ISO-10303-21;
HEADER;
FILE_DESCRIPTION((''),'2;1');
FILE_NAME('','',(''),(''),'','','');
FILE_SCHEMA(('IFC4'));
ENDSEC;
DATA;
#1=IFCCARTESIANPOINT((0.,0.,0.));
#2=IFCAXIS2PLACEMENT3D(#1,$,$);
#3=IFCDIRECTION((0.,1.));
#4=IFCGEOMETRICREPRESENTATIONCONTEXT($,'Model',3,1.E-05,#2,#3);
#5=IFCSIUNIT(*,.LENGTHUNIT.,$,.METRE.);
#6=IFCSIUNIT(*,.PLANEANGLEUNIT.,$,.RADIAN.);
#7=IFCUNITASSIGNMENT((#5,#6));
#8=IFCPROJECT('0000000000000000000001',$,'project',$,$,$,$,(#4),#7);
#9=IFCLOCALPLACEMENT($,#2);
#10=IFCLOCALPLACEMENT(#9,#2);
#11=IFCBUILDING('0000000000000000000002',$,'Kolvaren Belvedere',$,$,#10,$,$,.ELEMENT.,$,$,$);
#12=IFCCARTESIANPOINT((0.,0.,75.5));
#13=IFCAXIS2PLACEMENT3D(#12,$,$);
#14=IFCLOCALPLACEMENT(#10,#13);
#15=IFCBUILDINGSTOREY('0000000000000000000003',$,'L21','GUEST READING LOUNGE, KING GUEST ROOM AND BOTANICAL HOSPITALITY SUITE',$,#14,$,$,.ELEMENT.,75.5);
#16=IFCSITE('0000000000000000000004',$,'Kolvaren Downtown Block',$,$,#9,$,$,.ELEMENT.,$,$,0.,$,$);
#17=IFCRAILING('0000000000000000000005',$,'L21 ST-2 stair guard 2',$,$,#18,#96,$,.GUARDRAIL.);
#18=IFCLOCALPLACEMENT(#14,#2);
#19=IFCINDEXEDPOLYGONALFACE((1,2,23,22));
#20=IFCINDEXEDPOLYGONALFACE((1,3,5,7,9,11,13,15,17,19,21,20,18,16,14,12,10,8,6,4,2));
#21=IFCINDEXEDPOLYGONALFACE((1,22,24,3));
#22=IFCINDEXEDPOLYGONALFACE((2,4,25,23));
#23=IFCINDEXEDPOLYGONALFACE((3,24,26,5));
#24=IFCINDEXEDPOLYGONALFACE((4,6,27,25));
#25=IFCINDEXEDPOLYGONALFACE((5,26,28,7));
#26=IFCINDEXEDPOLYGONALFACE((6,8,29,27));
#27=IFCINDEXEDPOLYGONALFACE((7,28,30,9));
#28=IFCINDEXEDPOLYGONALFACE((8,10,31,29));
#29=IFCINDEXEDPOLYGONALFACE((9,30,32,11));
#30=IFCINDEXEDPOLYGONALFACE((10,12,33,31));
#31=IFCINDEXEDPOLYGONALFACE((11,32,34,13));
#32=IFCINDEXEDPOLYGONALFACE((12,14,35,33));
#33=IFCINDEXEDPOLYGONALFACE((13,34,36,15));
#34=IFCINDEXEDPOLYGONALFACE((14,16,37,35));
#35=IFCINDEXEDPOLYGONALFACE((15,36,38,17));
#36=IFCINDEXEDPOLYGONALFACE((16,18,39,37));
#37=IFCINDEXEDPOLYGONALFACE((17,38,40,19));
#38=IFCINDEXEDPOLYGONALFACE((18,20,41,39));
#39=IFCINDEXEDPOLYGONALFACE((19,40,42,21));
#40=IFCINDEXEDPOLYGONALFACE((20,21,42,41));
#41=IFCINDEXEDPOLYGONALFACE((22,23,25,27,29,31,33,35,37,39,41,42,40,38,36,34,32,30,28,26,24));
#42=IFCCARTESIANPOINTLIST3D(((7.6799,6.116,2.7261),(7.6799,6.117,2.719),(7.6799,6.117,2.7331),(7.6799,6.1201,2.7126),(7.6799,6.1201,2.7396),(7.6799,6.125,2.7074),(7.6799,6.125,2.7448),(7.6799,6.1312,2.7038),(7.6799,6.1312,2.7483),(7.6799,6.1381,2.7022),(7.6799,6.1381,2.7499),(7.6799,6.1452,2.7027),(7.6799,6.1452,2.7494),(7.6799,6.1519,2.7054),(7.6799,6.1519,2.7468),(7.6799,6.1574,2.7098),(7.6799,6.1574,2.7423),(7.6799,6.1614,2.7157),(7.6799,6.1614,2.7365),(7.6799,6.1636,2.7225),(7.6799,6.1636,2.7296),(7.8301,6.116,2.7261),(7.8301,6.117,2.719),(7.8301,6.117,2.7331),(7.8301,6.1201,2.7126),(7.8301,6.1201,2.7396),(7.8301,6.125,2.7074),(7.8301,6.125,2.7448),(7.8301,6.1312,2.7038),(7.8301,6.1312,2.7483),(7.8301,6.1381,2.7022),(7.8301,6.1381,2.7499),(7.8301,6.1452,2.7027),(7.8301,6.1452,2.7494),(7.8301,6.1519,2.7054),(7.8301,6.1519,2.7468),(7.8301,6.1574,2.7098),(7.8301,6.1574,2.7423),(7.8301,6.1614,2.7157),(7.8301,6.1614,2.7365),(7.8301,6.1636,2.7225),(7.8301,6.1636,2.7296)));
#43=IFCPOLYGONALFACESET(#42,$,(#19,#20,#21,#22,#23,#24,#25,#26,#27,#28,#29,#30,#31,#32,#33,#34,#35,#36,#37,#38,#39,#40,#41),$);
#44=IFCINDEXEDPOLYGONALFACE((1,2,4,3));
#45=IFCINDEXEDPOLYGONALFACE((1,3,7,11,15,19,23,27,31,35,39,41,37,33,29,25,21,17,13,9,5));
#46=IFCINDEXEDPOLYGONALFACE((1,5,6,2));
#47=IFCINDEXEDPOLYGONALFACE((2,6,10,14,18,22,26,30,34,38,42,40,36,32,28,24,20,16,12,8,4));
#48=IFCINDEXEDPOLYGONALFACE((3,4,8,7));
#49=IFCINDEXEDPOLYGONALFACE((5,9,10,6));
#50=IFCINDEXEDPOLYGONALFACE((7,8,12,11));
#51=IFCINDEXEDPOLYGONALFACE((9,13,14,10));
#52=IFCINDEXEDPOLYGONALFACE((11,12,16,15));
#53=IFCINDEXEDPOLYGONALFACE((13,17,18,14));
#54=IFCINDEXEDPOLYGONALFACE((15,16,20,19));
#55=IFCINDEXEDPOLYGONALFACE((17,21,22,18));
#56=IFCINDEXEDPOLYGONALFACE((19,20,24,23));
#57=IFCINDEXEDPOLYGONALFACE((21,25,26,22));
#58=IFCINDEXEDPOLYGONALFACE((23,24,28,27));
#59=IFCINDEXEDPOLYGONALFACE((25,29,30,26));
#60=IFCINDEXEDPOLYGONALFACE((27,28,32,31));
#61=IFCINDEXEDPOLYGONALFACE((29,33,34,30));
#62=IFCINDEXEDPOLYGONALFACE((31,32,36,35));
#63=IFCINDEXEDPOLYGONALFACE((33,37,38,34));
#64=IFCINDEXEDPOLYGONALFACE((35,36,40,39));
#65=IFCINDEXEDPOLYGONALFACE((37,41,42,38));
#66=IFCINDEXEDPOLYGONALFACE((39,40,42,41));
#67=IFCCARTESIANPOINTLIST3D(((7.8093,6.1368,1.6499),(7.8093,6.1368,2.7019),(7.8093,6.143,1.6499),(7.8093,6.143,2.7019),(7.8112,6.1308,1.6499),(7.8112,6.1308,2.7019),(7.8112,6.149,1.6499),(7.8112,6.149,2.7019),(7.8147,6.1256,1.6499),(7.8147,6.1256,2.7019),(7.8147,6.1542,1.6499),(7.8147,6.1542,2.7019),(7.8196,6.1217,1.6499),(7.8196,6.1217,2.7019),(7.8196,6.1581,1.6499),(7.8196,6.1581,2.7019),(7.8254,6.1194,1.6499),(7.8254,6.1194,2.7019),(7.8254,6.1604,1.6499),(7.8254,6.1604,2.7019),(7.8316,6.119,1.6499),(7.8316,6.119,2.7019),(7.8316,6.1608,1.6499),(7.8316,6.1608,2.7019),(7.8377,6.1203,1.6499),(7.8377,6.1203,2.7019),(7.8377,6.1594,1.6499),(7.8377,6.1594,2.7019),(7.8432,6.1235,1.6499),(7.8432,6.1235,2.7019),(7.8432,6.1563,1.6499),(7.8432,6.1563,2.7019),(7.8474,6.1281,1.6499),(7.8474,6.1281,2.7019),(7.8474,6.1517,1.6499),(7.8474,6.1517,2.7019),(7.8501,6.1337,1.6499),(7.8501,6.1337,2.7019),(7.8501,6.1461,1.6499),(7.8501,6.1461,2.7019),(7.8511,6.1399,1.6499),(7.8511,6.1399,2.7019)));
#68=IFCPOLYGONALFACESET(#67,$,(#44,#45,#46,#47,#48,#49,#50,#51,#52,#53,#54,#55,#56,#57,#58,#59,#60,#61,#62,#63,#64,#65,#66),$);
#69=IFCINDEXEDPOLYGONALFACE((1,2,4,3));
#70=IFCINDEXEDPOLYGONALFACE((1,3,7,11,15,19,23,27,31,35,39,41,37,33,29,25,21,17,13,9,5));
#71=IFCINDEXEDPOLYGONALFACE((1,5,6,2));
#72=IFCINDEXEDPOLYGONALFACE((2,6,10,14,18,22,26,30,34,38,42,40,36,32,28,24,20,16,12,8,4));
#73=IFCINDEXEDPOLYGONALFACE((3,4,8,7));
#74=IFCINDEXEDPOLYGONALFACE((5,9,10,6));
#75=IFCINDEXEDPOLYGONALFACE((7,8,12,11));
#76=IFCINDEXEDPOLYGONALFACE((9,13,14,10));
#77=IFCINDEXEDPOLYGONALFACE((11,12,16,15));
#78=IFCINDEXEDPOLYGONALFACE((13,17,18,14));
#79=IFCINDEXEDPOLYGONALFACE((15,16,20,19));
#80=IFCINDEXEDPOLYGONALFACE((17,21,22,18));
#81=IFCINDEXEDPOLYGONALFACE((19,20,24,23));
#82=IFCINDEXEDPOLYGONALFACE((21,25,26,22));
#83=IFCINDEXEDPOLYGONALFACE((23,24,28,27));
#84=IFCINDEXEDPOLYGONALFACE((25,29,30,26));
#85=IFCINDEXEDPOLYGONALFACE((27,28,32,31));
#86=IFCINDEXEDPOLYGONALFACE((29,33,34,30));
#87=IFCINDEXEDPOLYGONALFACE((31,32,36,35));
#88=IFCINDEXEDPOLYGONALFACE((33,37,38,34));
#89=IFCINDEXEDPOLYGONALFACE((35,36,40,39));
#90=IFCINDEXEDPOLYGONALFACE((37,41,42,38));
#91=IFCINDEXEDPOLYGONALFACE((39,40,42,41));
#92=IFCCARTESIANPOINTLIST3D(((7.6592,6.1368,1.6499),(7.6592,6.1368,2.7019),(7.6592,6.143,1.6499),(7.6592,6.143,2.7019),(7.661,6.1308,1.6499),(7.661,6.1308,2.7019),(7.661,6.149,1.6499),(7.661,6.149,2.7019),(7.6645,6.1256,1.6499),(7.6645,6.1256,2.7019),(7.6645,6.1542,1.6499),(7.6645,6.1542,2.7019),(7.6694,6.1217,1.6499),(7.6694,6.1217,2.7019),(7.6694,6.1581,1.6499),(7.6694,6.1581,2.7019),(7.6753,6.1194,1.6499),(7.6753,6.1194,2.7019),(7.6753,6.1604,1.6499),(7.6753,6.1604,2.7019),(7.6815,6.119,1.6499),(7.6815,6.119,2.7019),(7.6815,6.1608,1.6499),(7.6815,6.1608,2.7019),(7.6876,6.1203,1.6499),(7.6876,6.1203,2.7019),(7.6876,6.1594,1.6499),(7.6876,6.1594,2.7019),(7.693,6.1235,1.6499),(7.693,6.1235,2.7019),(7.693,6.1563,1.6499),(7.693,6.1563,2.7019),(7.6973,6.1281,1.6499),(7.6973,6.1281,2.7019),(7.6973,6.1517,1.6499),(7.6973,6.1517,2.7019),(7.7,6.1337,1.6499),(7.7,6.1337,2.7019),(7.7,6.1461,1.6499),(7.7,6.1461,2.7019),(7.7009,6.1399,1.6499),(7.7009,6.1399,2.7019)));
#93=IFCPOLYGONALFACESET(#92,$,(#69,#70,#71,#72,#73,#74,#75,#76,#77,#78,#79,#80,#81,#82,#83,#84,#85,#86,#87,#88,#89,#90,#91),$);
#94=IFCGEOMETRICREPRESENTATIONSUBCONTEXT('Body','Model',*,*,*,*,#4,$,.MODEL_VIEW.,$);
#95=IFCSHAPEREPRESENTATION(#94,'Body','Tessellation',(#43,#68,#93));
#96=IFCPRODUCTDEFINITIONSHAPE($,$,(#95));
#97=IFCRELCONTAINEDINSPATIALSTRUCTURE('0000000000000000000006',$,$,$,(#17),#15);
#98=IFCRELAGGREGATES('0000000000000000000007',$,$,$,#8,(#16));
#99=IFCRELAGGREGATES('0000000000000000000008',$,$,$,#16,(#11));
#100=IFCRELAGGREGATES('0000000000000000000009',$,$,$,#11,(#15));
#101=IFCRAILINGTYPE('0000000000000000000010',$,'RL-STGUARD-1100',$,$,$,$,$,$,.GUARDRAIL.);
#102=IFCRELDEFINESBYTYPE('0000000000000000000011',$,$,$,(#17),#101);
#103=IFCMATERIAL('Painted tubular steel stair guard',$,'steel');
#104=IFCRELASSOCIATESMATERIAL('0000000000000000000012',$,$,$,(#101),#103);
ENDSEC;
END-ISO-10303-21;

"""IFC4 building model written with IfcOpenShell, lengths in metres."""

from ifc_helpers import new_model, si_unit, direction, frame, origin, origin_2d, place, context, subcontext, project, spatial, circle, extrude, material, type_object, element, save


model = new_model("IFC4")

# Units and contexts
model_context = context("Model", 3, precision=1e-05, world=origin(), true_north=direction((0.0, 1.0)))
body_context = subcontext(model_context, "Body", "Model", "MODEL_VIEW")
ifc_project = project(units=[si_unit("LENGTHUNIT", "METRE"), si_unit("PLANEANGLEUNIT", "RADIAN")], contexts=[model_context])

# Site, building, storey
site_placement = place(None, origin())
site = spatial("IfcSite", under=ifc_project, at=site_placement, Name="Kolvaren Downtown Block", CompositionType="ELEMENT", RefElevation=0.0)
building_placement = place(site_placement, origin())
building = spatial("IfcBuilding", under=site, at=building_placement, Name="Kolvaren Belvedere", CompositionType="ELEMENT")
storey_placement = place(building_placement, frame((0.0, 0.0, 75.5)))
storey = spatial("IfcBuildingStorey", under=building, at=storey_placement, Name="L21", Description="GUEST READING LOUNGE, KING GUEST ROOM AND BOTANICAL HOSPITALITY SUITE", CompositionType="ELEMENT", Elevation=75.5)

# Railing
ifc_material_1 = material(Name="Painted tubular steel stair guard", Category="steel")
railing_type_1 = type_object("IfcRailingType", Name="RL-STGUARD-1100", PredefinedType="GUARDRAIL", material=ifc_material_1)
railing_1_placement = place(storey_placement, frame((7.8301, 6.1399, 1.6499)))
element("IfcRailing", 1, at=railing_1_placement, inside=storey, type_object=railing_type_1, Name="L21 ST-2 stair guard 2", PredefinedType="GUARDRAIL", context=body_context, shape_type="SweptSolid", body=[
    extrude(circle(Radius=0.0239, at=origin_2d()), frame((0.0, 0.0, 1.0762), z_axis=(-1.0, 0.0, 0.0), x_axis=(0.0, -1.0, 0.0)), (0.0, 0.0, 1.0), 0.1501),
    extrude(circle(Radius=0.021, at=origin_2d()), origin(), (0.0, 0.0, 1.0), 1.052),
    extrude(circle(Radius=0.021, at=origin_2d()), frame((-0.1501, 0.0, 0.0)), (0.0, 0.0, 1.0), 1.052),
])

save(model, "model.ifc")
